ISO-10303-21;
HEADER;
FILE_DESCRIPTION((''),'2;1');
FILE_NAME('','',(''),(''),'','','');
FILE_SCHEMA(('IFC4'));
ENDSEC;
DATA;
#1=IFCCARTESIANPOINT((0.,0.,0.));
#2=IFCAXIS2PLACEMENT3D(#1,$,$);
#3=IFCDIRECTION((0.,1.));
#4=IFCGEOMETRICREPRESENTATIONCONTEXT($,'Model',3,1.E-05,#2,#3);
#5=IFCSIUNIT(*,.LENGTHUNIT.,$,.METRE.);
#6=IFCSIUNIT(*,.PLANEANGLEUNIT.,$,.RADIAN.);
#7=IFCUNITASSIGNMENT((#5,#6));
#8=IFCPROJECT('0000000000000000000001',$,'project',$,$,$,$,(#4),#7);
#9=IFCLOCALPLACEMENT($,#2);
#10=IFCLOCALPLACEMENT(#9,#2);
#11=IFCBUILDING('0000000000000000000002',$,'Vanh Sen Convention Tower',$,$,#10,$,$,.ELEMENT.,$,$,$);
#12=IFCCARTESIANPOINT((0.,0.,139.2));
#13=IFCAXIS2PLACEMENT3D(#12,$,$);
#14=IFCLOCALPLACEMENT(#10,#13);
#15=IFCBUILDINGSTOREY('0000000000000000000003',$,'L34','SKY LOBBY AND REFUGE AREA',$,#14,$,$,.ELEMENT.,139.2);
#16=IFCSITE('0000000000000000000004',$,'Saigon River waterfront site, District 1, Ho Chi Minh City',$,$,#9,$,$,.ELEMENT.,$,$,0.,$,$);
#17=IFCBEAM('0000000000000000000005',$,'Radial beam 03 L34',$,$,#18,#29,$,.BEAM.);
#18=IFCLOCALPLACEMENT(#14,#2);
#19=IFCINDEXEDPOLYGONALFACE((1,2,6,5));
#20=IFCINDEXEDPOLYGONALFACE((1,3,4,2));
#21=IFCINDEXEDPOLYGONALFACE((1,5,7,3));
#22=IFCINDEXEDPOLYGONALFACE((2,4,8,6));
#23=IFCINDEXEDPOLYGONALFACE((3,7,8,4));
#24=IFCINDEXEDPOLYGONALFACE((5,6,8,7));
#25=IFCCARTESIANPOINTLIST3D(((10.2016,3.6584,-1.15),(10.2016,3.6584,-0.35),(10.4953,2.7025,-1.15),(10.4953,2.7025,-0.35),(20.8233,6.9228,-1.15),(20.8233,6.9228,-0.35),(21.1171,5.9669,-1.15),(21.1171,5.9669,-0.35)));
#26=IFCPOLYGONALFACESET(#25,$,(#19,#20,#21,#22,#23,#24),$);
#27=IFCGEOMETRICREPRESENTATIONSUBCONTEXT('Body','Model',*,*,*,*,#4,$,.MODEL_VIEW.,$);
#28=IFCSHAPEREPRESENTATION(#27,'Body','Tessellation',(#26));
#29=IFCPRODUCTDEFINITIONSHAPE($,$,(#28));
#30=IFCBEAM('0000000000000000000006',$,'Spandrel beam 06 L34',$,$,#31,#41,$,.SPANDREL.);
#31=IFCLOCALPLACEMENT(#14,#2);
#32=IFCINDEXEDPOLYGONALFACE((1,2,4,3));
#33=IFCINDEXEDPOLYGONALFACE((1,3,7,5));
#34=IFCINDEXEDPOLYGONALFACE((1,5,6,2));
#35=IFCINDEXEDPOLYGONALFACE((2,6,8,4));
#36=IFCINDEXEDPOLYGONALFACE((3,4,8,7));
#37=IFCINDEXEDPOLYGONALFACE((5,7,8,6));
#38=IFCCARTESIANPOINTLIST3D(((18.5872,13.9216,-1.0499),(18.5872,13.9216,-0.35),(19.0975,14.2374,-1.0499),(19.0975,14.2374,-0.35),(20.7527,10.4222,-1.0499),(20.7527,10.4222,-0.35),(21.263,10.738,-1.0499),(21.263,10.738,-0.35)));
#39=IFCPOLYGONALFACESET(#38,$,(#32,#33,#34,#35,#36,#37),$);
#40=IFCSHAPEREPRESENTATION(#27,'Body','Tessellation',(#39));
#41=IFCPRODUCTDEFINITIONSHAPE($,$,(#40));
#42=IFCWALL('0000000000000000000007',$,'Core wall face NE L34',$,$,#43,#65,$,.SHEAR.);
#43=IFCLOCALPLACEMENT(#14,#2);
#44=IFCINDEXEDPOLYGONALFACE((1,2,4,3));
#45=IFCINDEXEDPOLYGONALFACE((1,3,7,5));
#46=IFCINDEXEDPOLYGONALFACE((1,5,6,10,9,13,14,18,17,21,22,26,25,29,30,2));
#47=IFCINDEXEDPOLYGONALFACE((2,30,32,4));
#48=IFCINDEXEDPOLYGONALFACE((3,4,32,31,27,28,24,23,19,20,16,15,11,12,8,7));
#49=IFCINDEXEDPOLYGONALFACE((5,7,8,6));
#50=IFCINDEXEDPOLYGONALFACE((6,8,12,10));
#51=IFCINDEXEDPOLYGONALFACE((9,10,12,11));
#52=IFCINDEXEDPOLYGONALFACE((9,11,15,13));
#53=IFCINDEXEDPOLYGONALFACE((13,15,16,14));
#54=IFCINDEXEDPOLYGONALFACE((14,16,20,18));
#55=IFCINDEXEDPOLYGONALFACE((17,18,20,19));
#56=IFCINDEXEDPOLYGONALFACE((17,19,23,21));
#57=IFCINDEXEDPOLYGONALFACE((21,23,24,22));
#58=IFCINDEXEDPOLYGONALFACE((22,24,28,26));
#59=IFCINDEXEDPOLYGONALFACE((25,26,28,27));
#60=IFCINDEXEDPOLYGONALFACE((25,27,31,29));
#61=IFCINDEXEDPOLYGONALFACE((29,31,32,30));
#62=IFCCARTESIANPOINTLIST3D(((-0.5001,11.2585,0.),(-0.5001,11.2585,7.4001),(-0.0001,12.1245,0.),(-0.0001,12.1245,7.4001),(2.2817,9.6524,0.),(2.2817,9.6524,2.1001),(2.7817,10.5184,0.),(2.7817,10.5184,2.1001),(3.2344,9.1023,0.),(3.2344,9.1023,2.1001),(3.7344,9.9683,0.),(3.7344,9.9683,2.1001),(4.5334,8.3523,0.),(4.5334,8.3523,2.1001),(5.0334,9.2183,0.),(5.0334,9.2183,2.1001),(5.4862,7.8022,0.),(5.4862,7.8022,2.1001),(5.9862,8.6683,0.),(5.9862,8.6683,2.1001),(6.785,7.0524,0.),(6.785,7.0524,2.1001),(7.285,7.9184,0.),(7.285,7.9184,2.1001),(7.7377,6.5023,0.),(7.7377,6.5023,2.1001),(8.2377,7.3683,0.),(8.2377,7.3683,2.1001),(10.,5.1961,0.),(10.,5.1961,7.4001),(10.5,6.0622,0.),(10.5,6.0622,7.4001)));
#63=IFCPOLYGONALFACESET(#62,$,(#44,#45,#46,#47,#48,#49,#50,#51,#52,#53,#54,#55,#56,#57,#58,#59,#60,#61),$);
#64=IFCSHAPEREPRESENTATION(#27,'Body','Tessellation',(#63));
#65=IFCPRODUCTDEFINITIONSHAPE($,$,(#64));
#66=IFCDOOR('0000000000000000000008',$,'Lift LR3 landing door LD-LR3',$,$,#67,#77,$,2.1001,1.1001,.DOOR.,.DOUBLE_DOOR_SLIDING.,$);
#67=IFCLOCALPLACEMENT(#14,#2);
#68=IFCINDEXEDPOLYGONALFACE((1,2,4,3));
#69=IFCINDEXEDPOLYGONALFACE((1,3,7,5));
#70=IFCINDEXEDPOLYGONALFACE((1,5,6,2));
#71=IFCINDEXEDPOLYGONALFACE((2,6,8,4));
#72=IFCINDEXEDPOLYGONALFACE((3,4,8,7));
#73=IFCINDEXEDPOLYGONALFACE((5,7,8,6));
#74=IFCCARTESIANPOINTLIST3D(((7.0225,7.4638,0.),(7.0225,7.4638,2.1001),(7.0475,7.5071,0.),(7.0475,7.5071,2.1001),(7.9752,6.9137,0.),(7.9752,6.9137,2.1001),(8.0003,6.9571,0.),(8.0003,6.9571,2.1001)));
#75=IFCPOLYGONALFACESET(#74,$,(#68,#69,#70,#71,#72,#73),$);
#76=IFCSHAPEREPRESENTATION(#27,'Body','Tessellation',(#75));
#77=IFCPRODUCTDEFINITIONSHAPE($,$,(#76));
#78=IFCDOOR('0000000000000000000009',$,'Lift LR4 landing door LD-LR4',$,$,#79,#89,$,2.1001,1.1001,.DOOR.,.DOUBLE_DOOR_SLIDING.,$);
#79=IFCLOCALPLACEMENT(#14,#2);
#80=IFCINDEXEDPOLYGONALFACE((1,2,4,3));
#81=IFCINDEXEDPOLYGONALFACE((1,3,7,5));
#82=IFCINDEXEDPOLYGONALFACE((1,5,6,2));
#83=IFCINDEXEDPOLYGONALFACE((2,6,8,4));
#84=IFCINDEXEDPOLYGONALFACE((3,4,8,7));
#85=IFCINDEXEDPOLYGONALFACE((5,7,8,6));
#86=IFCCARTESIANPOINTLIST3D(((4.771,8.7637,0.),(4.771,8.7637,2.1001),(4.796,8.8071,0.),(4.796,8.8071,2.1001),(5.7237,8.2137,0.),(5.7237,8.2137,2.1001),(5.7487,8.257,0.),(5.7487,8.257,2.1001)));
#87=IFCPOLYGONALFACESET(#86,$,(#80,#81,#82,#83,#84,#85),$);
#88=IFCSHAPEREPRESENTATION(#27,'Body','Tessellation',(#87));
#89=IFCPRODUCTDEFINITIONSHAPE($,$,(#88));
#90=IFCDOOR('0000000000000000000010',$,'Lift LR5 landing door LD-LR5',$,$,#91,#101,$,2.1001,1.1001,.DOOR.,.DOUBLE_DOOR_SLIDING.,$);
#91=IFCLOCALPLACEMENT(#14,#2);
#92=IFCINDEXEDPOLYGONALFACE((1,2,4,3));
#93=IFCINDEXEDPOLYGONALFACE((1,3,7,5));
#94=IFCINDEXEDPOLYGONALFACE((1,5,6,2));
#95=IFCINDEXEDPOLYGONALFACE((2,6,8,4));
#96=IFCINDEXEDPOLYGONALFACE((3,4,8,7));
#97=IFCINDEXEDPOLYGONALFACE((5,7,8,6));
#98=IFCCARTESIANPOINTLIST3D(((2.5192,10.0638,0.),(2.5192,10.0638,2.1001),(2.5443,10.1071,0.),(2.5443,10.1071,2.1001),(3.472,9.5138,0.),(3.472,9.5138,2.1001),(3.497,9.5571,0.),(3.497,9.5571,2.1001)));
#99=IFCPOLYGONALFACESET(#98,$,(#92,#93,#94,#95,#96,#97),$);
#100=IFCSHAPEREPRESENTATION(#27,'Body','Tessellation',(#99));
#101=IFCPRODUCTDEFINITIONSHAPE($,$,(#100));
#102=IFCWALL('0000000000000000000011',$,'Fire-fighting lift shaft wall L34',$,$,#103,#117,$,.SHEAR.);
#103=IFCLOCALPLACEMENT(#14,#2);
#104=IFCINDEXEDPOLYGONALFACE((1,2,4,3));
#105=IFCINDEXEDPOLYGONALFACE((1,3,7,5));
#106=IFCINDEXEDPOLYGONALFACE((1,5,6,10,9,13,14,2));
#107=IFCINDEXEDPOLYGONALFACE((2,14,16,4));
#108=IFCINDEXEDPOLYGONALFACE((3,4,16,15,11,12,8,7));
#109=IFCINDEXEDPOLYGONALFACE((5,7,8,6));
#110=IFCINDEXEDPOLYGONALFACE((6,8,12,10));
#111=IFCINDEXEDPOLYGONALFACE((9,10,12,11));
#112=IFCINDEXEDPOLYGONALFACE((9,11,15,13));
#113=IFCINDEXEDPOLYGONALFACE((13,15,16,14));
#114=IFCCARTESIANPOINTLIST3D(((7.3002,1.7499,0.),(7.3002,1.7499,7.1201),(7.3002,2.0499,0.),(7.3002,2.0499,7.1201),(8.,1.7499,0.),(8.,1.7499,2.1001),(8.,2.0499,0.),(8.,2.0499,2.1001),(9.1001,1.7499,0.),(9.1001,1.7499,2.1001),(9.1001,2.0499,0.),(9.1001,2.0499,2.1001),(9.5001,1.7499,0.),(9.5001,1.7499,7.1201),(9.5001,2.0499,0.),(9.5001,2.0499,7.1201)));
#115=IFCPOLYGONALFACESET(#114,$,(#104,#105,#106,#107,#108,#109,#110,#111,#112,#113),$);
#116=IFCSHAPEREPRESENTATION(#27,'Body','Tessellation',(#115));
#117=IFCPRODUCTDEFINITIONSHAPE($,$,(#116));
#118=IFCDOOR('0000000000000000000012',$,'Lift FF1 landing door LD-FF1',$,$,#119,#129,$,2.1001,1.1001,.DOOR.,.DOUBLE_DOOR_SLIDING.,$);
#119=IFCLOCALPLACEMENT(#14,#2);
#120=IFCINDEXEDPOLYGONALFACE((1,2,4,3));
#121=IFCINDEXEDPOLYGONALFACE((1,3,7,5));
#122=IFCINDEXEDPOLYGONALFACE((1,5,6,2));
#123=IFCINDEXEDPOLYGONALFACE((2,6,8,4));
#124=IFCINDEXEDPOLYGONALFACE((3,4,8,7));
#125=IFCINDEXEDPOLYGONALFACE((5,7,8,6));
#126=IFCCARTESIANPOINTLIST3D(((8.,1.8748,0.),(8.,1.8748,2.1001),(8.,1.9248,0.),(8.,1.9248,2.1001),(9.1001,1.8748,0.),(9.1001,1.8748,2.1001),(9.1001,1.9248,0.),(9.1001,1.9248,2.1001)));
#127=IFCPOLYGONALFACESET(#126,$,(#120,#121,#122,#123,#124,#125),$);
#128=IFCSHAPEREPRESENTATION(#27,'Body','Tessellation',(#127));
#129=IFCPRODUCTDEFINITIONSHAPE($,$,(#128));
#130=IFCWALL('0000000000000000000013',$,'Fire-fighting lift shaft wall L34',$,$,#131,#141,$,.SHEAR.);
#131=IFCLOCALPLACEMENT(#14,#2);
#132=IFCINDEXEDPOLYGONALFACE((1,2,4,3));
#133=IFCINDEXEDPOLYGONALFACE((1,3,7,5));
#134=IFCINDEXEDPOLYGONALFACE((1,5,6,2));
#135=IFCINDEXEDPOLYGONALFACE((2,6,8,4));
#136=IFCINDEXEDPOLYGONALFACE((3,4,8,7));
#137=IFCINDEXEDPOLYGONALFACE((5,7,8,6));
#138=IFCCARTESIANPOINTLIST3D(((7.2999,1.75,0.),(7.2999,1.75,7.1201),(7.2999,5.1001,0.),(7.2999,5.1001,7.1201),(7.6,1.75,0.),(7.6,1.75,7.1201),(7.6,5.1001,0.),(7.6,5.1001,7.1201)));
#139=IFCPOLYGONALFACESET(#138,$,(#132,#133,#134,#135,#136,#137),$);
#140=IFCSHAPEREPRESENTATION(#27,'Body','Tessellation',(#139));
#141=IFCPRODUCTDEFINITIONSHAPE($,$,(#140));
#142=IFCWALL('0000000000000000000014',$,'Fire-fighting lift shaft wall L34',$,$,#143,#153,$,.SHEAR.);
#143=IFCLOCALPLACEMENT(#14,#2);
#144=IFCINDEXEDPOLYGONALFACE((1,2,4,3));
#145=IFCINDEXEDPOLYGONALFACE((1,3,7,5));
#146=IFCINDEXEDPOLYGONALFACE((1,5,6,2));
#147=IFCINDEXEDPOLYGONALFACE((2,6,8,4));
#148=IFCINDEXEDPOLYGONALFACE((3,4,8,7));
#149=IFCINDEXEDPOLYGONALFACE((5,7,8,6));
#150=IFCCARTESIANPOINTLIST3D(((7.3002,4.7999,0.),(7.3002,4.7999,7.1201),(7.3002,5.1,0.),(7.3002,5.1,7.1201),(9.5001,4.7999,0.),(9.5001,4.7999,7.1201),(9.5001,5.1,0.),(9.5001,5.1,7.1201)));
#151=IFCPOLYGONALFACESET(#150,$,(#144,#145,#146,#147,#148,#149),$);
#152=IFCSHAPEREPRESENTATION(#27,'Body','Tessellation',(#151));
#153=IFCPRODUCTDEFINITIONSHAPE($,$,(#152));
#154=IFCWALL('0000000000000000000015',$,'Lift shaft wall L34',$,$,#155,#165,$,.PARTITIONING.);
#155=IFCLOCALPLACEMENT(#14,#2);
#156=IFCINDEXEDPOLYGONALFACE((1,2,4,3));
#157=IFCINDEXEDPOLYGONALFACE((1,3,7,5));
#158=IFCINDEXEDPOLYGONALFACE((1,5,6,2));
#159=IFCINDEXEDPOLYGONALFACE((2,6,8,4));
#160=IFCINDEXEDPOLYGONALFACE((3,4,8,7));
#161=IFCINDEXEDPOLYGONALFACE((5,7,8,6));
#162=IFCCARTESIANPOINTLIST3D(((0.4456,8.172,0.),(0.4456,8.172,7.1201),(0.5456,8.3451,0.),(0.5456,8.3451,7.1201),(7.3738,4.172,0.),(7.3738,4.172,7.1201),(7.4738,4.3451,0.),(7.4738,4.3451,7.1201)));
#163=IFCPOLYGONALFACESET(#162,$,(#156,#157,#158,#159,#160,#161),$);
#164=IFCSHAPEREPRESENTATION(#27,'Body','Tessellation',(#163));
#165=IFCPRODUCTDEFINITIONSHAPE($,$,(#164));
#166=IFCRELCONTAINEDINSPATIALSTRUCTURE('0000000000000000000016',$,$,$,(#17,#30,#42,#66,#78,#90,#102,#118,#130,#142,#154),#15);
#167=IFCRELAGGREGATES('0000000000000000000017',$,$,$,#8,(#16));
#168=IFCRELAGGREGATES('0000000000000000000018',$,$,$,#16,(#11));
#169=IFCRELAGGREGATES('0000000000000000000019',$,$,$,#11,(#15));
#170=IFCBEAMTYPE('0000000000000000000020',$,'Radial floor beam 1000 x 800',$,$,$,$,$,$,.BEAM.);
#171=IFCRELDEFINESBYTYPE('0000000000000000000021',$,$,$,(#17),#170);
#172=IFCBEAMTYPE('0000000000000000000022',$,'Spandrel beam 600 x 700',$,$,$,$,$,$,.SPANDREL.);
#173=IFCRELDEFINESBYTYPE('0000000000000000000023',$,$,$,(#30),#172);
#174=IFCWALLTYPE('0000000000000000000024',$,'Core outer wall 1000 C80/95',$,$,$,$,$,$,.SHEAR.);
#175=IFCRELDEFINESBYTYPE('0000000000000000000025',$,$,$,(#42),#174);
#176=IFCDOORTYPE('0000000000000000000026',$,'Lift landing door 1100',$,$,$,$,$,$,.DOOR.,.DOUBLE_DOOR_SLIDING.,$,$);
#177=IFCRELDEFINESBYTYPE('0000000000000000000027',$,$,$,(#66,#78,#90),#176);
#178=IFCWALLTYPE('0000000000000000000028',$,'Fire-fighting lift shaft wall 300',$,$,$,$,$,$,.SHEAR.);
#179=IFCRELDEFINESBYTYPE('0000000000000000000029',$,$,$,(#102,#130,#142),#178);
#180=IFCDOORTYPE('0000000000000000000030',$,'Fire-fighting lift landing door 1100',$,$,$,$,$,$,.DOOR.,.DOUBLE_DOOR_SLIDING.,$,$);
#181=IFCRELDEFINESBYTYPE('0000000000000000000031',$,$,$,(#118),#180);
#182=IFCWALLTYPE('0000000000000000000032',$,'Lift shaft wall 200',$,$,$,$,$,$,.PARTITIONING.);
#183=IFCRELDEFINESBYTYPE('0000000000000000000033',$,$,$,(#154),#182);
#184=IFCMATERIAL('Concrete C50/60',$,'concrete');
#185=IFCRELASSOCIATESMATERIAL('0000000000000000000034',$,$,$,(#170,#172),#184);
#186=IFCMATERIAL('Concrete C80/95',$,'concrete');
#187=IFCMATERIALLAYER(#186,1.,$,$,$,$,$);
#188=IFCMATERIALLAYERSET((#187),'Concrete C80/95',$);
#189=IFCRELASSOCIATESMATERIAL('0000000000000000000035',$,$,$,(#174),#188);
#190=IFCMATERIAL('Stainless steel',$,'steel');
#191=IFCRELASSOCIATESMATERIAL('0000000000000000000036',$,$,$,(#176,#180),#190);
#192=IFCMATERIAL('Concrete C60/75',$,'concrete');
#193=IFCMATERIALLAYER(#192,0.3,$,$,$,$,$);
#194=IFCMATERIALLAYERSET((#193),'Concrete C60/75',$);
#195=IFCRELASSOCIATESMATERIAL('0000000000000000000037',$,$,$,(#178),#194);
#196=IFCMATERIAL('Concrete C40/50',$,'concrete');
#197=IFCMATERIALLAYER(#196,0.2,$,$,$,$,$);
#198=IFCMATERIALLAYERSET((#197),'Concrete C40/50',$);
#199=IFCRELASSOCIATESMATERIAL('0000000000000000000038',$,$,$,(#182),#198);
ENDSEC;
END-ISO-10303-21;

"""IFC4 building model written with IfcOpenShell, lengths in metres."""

from ifc_helpers import new_model, si_unit, direction, frame, frame_2d, origin, origin_2d, place, context, subcontext, project, spatial, rectangle, extrude, material, layer, layer_set, material_profile, profile_set, type_object, element, fill, save


model = new_model("IFC4")

# Units and contexts
model_context = context("Model", 3, precision=1e-05, world=origin(), true_north=direction((0.0, 1.0)))
body_context = subcontext(model_context, "Body", "Model", "MODEL_VIEW")
ifc_project = project(units=[si_unit("LENGTHUNIT", "METRE"), si_unit("PLANEANGLEUNIT", "RADIAN")], contexts=[model_context])

# Site, building, storey
site_placement = place(None, origin())
site = spatial("IfcSite", under=ifc_project, at=site_placement, Name="Saigon River waterfront site, District 1, Ho Chi Minh City", CompositionType="ELEMENT", RefElevation=0.0)
building_placement = place(site_placement, origin())
building = spatial("IfcBuilding", under=site, at=building_placement, Name="Vanh Sen Convention Tower", CompositionType="ELEMENT")
storey_placement = place(building_placement, frame((0.0, 0.0, 139.2)))
storey = spatial("IfcBuildingStorey", under=building, at=storey_placement, Name="L34", Description="SKY LOBBY AND REFUGE AREA", CompositionType="ELEMENT", Elevation=139.2)

# Beams
ifc_material_1 = material(Name="Concrete C50/60", Category="concrete")
ifc_material_profile_1 = material_profile(ifc_material_1, rectangle(XDim=1.0, YDim=0.8, at=origin_2d()), Name="RC 1000X800")
ifc_profile_set_1 = profile_set([ifc_material_profile_1], Name="Concrete C50/60")
beam_type_1 = type_object("IfcBeamType", Name="Radial floor beam 1000 x 800", PredefinedType="BEAM", material=ifc_profile_set_1)
beam_1_placement = place(storey_placement, frame((20.9702, 6.4448, -0.75), z_axis=(-0.955876, -0.293769, 0.0), x_axis=(0.293769, -0.955876, 0.0)))
element("IfcBeam", 1, at=beam_1_placement, inside=storey, type_object=beam_type_1, Name="Radial beam 03 L34", PredefinedType="BEAM", context=body_context, shape_type="SweptSolid", body=[
    extrude(rectangle(XDim=1.0, YDim=0.8, at=origin_2d()), origin(), (0.0, 0.0, 1.0), 11.1121),
])
ifc_material_profile_2 = material_profile(ifc_material_1, rectangle(XDim=0.6001, YDim=0.7, at=origin_2d()), Name="RC 600X700")
ifc_profile_set_2 = profile_set([ifc_material_profile_2], Name="Concrete C50/60")
beam_type_2 = type_object("IfcBeamType", Name="Spandrel beam 600 x 700", PredefinedType="SPANDREL", material=ifc_profile_set_2)
beam_2_placement = place(storey_placement, frame((21.0078, 10.5801, -0.7), z_axis=(-0.526208, 0.850356, 0.0), x_axis=(-0.850356, -0.526208, 0.0)))
element("IfcBeam", 2, at=beam_2_placement, inside=storey, type_object=beam_type_2, Name="Spandrel beam 06 L34", PredefinedType="SPANDREL", context=body_context, shape_type="SweptSolid", body=[
    extrude(rectangle(XDim=0.6001, YDim=0.7, at=origin_2d()), origin(), (0.0, 0.0, 1.0), 4.1152),
])

# Wall, openings, doors
ifc_material_2 = material(Name="Concrete C80/95", Category="concrete")
ifc_layer_1 = layer(ifc_material_2, 1.0)
ifc_layer_set_1 = layer_set([ifc_layer_1], Name="Concrete C80/95")
wall_type_1 = type_object("IfcWallType", Name="Core outer wall 1000 C80/95", PredefinedType="SHEAR", material=ifc_layer_set_1)
wall_1_placement = place(storey_placement, frame((10.25, 5.6292, 0.0), z_axis=(0.0, 0.0, 1.0), x_axis=(-0.866023, 0.500005, 0.0)))
wall_1 = element("IfcWall", 3, at=wall_1_placement, inside=storey, type_object=wall_type_1, Name="Core wall face NE L34", PredefinedType="SHEAR", context=body_context, shape_type="SweptSolid", body=[
    extrude(rectangle(XDim=12.1245, YDim=1.0, at=frame_2d((6.0623, 0.0))), origin(), (0.0, 0.0, 1.0), 7.4001),
])
opening_1_placement = place(wall_1_placement, frame((2.6123, 0.0, 0.0)))
opening_1 = element("IfcOpeningElement", 4, at=opening_1_placement, cuts=wall_1, PredefinedType="OPENING", context=body_context, shape_type="SweptSolid", body=[
    extrude(rectangle(XDim=1.1001, YDim=2.1001, at=frame_2d((0.55, 1.05))), frame((0.0, 0.51, 0.0), z_axis=(0.0, -1.0, 0.0), x_axis=(1.0, 0.0, 0.0)), (0.0, 0.0, 1.0), 1.02),
])
opening_2_placement = place(wall_1_placement, frame((5.2122, 0.0, 0.0)))
opening_2 = element("IfcOpeningElement", 5, at=opening_2_placement, cuts=wall_1, PredefinedType="OPENING", context=body_context, shape_type="SweptSolid", body=[
    extrude(rectangle(XDim=1.1001, YDim=2.1001, at=frame_2d((0.55, 1.05))), frame((0.0, 0.51, 0.0), z_axis=(0.0, -1.0, 0.0), x_axis=(1.0, 0.0, 0.0)), (0.0, 0.0, 1.0), 1.02),
])
opening_3_placement = place(wall_1_placement, frame((7.8123, 0.0, 0.0)))
opening_3 = element("IfcOpeningElement", 6, at=opening_3_placement, cuts=wall_1, PredefinedType="OPENING", context=body_context, shape_type="SweptSolid", body=[
    extrude(rectangle(XDim=1.1001, YDim=2.1001, at=frame_2d((0.55, 1.05))), frame((0.0, 0.51, 0.0), z_axis=(0.0, -1.0, 0.0), x_axis=(1.0, 0.0, 0.0)), (0.0, 0.0, 1.0), 1.02),
])
ifc_material_3 = material(Name="Stainless steel", Category="steel")
door_type_1 = type_object("IfcDoorType", Name="Lift landing door 1100", OperationType="DOUBLE_DOOR_SLIDING", PredefinedType="DOOR", material=ifc_material_3)
door_1_placement = place(opening_1_placement, origin())
door_1 = element("IfcDoor", 7, at=door_1_placement, inside=storey, type_object=door_type_1, Name="Lift LR3 landing door LD-LR3", OperationType="DOUBLE_DOOR_SLIDING", OverallHeight=2.1001, OverallWidth=1.1001, PredefinedType="DOOR", context=body_context, shape_type="SweptSolid", body=[
    extrude(rectangle(XDim=1.1001, YDim=2.1001, at=frame_2d((0.55, 1.05))), frame((0.0, 0.0249, 0.0), z_axis=(0.0, -1.0, 0.0), x_axis=(1.0, 0.0, 0.0)), (0.0, 0.0, 1.0), 0.05),
])
fill(opening_1, door_1)
door_2_placement = place(opening_2_placement, origin())
door_2 = element("IfcDoor", 8, at=door_2_placement, inside=storey, type_object=door_type_1, Name="Lift LR4 landing door LD-LR4", OperationType="DOUBLE_DOOR_SLIDING", OverallHeight=2.1001, OverallWidth=1.1001, PredefinedType="DOOR", context=body_context, shape_type="SweptSolid", body=[
    extrude(rectangle(XDim=1.1001, YDim=2.1001, at=frame_2d((0.55, 1.05))), frame((0.0, 0.0249, 0.0), z_axis=(0.0, -1.0, 0.0), x_axis=(1.0, 0.0, 0.0)), (0.0, 0.0, 1.0), 0.05),
])
fill(opening_2, door_2)
door_3_placement = place(opening_3_placement, origin())
door_3 = element("IfcDoor", 9, at=door_3_placement, inside=storey, type_object=door_type_1, Name="Lift LR5 landing door LD-LR5", OperationType="DOUBLE_DOOR_SLIDING", OverallHeight=2.1001, OverallWidth=1.1001, PredefinedType="DOOR", context=body_context, shape_type="SweptSolid", body=[
    extrude(rectangle(XDim=1.1001, YDim=2.1001, at=frame_2d((0.55, 1.05))), frame((0.0, 0.0249, 0.0), z_axis=(0.0, -1.0, 0.0), x_axis=(1.0, 0.0, 0.0)), (0.0, 0.0, 1.0), 0.05),
])
fill(opening_3, door_3)

# Wall, opening, door
ifc_material_4 = material(Name="Concrete C60/75", Category="concrete")
ifc_layer_2 = layer(ifc_material_4, 0.3)
ifc_layer_set_2 = layer_set([ifc_layer_2], Name="Concrete C60/75")
wall_type_2 = type_object("IfcWallType", Name="Fire-fighting lift shaft wall 300", PredefinedType="SHEAR", material=ifc_layer_set_2)
wall_2_placement = place(storey_placement, frame((7.3, 1.8999, 0.0), z_axis=(0.0, 0.0, 1.0), x_axis=(1.0, 0.0, 0.0)))
wall_2 = element("IfcWall", 10, at=wall_2_placement, inside=storey, type_object=wall_type_2, Name="Fire-fighting lift shaft wall L34", PredefinedType="SHEAR", context=body_context, shape_type="SweptSolid", body=[
    extrude(rectangle(XDim=2.2, YDim=0.3, at=frame_2d((1.1001, 0.0))), origin(), (0.0, 0.0, 1.0), 7.1201),
])
opening_4_placement = place(wall_2_placement, frame((0.7, 0.0, 0.0)))
opening_4 = element("IfcOpeningElement", 11, at=opening_4_placement, cuts=wall_2, PredefinedType="OPENING", context=body_context, shape_type="SweptSolid", body=[
    extrude(rectangle(XDim=1.1001, YDim=2.1001, at=frame_2d((0.55, 1.05))), frame((0.0, 0.1599, 0.0), z_axis=(0.0, -1.0, 0.0), x_axis=(1.0, 0.0, 0.0)), (0.0, 0.0, 1.0), 0.3201),
])
door_type_2 = type_object("IfcDoorType", Name="Fire-fighting lift landing door 1100", OperationType="DOUBLE_DOOR_SLIDING", PredefinedType="DOOR", material=ifc_material_3)
door_4_placement = place(opening_4_placement, origin())
door_4 = element("IfcDoor", 12, at=door_4_placement, inside=storey, type_object=door_type_2, Name="Lift FF1 landing door LD-FF1", OperationType="DOUBLE_DOOR_SLIDING", OverallHeight=2.1001, OverallWidth=1.1001, PredefinedType="DOOR", context=body_context, shape_type="SweptSolid", body=[
    extrude(rectangle(XDim=1.1001, YDim=2.1001, at=frame_2d((0.55, 1.05))), frame((0.0, 0.0249, 0.0), z_axis=(0.0, -1.0, 0.0), x_axis=(1.0, 0.0, 0.0)), (0.0, 0.0, 1.0), 0.05),
])
fill(opening_4, door_4)

# Walls
wall_3_placement = place(storey_placement, frame((7.45, 1.75, 0.0), z_axis=(0.0, 0.0, 1.0), x_axis=(0.0, 1.0, 0.0)))
element("IfcWall", 13, at=wall_3_placement, inside=storey, type_object=wall_type_2, Name="Fire-fighting lift shaft wall L34", PredefinedType="SHEAR", context=body_context, shape_type="SweptSolid", body=[
    extrude(rectangle(XDim=3.3501, YDim=0.3, at=frame_2d((1.675, 0.0))), origin(), (0.0, 0.0, 1.0), 7.1201),
])
wall_4_placement = place(storey_placement, frame((7.3, 4.95, 0.0), z_axis=(0.0, 0.0, 1.0), x_axis=(1.0, 0.0, 0.0)))
element("IfcWall", 14, at=wall_4_placement, inside=storey, type_object=wall_type_2, Name="Fire-fighting lift shaft wall L34", PredefinedType="SHEAR", context=body_context, shape_type="SweptSolid", body=[
    extrude(rectangle(XDim=2.2, YDim=0.3, at=frame_2d((1.1001, 0.0))), origin(), (0.0, 0.0, 1.0), 7.1201),
])
ifc_material_5 = material(Name="Concrete C40/50", Category="concrete")
ifc_layer_3 = layer(ifc_material_5, 0.2)
ifc_layer_set_3 = layer_set([ifc_layer_3], Name="Concrete C40/50")
wall_type_3 = type_object("IfcWallType", Name="Lift shaft wall 200", PredefinedType="PARTITIONING", material=ifc_layer_set_3)
wall_5_placement = place(storey_placement, frame((7.4238, 4.2585, 0.0), z_axis=(0.0, 0.0, 1.0), x_axis=(-0.866026, 0.499999, 0.0)))
element("IfcWall", 15, at=wall_5_placement, inside=storey, type_object=wall_type_3, Name="Lift shaft wall L34", PredefinedType="PARTITIONING", context=body_context, shape_type="SweptSolid", body=[
    extrude(rectangle(XDim=8.0, YDim=0.2, at=frame_2d((4.0, 0.0))), origin(), (0.0, 0.0, 1.0), 7.1201),
])

save(model, "model.ifc")
